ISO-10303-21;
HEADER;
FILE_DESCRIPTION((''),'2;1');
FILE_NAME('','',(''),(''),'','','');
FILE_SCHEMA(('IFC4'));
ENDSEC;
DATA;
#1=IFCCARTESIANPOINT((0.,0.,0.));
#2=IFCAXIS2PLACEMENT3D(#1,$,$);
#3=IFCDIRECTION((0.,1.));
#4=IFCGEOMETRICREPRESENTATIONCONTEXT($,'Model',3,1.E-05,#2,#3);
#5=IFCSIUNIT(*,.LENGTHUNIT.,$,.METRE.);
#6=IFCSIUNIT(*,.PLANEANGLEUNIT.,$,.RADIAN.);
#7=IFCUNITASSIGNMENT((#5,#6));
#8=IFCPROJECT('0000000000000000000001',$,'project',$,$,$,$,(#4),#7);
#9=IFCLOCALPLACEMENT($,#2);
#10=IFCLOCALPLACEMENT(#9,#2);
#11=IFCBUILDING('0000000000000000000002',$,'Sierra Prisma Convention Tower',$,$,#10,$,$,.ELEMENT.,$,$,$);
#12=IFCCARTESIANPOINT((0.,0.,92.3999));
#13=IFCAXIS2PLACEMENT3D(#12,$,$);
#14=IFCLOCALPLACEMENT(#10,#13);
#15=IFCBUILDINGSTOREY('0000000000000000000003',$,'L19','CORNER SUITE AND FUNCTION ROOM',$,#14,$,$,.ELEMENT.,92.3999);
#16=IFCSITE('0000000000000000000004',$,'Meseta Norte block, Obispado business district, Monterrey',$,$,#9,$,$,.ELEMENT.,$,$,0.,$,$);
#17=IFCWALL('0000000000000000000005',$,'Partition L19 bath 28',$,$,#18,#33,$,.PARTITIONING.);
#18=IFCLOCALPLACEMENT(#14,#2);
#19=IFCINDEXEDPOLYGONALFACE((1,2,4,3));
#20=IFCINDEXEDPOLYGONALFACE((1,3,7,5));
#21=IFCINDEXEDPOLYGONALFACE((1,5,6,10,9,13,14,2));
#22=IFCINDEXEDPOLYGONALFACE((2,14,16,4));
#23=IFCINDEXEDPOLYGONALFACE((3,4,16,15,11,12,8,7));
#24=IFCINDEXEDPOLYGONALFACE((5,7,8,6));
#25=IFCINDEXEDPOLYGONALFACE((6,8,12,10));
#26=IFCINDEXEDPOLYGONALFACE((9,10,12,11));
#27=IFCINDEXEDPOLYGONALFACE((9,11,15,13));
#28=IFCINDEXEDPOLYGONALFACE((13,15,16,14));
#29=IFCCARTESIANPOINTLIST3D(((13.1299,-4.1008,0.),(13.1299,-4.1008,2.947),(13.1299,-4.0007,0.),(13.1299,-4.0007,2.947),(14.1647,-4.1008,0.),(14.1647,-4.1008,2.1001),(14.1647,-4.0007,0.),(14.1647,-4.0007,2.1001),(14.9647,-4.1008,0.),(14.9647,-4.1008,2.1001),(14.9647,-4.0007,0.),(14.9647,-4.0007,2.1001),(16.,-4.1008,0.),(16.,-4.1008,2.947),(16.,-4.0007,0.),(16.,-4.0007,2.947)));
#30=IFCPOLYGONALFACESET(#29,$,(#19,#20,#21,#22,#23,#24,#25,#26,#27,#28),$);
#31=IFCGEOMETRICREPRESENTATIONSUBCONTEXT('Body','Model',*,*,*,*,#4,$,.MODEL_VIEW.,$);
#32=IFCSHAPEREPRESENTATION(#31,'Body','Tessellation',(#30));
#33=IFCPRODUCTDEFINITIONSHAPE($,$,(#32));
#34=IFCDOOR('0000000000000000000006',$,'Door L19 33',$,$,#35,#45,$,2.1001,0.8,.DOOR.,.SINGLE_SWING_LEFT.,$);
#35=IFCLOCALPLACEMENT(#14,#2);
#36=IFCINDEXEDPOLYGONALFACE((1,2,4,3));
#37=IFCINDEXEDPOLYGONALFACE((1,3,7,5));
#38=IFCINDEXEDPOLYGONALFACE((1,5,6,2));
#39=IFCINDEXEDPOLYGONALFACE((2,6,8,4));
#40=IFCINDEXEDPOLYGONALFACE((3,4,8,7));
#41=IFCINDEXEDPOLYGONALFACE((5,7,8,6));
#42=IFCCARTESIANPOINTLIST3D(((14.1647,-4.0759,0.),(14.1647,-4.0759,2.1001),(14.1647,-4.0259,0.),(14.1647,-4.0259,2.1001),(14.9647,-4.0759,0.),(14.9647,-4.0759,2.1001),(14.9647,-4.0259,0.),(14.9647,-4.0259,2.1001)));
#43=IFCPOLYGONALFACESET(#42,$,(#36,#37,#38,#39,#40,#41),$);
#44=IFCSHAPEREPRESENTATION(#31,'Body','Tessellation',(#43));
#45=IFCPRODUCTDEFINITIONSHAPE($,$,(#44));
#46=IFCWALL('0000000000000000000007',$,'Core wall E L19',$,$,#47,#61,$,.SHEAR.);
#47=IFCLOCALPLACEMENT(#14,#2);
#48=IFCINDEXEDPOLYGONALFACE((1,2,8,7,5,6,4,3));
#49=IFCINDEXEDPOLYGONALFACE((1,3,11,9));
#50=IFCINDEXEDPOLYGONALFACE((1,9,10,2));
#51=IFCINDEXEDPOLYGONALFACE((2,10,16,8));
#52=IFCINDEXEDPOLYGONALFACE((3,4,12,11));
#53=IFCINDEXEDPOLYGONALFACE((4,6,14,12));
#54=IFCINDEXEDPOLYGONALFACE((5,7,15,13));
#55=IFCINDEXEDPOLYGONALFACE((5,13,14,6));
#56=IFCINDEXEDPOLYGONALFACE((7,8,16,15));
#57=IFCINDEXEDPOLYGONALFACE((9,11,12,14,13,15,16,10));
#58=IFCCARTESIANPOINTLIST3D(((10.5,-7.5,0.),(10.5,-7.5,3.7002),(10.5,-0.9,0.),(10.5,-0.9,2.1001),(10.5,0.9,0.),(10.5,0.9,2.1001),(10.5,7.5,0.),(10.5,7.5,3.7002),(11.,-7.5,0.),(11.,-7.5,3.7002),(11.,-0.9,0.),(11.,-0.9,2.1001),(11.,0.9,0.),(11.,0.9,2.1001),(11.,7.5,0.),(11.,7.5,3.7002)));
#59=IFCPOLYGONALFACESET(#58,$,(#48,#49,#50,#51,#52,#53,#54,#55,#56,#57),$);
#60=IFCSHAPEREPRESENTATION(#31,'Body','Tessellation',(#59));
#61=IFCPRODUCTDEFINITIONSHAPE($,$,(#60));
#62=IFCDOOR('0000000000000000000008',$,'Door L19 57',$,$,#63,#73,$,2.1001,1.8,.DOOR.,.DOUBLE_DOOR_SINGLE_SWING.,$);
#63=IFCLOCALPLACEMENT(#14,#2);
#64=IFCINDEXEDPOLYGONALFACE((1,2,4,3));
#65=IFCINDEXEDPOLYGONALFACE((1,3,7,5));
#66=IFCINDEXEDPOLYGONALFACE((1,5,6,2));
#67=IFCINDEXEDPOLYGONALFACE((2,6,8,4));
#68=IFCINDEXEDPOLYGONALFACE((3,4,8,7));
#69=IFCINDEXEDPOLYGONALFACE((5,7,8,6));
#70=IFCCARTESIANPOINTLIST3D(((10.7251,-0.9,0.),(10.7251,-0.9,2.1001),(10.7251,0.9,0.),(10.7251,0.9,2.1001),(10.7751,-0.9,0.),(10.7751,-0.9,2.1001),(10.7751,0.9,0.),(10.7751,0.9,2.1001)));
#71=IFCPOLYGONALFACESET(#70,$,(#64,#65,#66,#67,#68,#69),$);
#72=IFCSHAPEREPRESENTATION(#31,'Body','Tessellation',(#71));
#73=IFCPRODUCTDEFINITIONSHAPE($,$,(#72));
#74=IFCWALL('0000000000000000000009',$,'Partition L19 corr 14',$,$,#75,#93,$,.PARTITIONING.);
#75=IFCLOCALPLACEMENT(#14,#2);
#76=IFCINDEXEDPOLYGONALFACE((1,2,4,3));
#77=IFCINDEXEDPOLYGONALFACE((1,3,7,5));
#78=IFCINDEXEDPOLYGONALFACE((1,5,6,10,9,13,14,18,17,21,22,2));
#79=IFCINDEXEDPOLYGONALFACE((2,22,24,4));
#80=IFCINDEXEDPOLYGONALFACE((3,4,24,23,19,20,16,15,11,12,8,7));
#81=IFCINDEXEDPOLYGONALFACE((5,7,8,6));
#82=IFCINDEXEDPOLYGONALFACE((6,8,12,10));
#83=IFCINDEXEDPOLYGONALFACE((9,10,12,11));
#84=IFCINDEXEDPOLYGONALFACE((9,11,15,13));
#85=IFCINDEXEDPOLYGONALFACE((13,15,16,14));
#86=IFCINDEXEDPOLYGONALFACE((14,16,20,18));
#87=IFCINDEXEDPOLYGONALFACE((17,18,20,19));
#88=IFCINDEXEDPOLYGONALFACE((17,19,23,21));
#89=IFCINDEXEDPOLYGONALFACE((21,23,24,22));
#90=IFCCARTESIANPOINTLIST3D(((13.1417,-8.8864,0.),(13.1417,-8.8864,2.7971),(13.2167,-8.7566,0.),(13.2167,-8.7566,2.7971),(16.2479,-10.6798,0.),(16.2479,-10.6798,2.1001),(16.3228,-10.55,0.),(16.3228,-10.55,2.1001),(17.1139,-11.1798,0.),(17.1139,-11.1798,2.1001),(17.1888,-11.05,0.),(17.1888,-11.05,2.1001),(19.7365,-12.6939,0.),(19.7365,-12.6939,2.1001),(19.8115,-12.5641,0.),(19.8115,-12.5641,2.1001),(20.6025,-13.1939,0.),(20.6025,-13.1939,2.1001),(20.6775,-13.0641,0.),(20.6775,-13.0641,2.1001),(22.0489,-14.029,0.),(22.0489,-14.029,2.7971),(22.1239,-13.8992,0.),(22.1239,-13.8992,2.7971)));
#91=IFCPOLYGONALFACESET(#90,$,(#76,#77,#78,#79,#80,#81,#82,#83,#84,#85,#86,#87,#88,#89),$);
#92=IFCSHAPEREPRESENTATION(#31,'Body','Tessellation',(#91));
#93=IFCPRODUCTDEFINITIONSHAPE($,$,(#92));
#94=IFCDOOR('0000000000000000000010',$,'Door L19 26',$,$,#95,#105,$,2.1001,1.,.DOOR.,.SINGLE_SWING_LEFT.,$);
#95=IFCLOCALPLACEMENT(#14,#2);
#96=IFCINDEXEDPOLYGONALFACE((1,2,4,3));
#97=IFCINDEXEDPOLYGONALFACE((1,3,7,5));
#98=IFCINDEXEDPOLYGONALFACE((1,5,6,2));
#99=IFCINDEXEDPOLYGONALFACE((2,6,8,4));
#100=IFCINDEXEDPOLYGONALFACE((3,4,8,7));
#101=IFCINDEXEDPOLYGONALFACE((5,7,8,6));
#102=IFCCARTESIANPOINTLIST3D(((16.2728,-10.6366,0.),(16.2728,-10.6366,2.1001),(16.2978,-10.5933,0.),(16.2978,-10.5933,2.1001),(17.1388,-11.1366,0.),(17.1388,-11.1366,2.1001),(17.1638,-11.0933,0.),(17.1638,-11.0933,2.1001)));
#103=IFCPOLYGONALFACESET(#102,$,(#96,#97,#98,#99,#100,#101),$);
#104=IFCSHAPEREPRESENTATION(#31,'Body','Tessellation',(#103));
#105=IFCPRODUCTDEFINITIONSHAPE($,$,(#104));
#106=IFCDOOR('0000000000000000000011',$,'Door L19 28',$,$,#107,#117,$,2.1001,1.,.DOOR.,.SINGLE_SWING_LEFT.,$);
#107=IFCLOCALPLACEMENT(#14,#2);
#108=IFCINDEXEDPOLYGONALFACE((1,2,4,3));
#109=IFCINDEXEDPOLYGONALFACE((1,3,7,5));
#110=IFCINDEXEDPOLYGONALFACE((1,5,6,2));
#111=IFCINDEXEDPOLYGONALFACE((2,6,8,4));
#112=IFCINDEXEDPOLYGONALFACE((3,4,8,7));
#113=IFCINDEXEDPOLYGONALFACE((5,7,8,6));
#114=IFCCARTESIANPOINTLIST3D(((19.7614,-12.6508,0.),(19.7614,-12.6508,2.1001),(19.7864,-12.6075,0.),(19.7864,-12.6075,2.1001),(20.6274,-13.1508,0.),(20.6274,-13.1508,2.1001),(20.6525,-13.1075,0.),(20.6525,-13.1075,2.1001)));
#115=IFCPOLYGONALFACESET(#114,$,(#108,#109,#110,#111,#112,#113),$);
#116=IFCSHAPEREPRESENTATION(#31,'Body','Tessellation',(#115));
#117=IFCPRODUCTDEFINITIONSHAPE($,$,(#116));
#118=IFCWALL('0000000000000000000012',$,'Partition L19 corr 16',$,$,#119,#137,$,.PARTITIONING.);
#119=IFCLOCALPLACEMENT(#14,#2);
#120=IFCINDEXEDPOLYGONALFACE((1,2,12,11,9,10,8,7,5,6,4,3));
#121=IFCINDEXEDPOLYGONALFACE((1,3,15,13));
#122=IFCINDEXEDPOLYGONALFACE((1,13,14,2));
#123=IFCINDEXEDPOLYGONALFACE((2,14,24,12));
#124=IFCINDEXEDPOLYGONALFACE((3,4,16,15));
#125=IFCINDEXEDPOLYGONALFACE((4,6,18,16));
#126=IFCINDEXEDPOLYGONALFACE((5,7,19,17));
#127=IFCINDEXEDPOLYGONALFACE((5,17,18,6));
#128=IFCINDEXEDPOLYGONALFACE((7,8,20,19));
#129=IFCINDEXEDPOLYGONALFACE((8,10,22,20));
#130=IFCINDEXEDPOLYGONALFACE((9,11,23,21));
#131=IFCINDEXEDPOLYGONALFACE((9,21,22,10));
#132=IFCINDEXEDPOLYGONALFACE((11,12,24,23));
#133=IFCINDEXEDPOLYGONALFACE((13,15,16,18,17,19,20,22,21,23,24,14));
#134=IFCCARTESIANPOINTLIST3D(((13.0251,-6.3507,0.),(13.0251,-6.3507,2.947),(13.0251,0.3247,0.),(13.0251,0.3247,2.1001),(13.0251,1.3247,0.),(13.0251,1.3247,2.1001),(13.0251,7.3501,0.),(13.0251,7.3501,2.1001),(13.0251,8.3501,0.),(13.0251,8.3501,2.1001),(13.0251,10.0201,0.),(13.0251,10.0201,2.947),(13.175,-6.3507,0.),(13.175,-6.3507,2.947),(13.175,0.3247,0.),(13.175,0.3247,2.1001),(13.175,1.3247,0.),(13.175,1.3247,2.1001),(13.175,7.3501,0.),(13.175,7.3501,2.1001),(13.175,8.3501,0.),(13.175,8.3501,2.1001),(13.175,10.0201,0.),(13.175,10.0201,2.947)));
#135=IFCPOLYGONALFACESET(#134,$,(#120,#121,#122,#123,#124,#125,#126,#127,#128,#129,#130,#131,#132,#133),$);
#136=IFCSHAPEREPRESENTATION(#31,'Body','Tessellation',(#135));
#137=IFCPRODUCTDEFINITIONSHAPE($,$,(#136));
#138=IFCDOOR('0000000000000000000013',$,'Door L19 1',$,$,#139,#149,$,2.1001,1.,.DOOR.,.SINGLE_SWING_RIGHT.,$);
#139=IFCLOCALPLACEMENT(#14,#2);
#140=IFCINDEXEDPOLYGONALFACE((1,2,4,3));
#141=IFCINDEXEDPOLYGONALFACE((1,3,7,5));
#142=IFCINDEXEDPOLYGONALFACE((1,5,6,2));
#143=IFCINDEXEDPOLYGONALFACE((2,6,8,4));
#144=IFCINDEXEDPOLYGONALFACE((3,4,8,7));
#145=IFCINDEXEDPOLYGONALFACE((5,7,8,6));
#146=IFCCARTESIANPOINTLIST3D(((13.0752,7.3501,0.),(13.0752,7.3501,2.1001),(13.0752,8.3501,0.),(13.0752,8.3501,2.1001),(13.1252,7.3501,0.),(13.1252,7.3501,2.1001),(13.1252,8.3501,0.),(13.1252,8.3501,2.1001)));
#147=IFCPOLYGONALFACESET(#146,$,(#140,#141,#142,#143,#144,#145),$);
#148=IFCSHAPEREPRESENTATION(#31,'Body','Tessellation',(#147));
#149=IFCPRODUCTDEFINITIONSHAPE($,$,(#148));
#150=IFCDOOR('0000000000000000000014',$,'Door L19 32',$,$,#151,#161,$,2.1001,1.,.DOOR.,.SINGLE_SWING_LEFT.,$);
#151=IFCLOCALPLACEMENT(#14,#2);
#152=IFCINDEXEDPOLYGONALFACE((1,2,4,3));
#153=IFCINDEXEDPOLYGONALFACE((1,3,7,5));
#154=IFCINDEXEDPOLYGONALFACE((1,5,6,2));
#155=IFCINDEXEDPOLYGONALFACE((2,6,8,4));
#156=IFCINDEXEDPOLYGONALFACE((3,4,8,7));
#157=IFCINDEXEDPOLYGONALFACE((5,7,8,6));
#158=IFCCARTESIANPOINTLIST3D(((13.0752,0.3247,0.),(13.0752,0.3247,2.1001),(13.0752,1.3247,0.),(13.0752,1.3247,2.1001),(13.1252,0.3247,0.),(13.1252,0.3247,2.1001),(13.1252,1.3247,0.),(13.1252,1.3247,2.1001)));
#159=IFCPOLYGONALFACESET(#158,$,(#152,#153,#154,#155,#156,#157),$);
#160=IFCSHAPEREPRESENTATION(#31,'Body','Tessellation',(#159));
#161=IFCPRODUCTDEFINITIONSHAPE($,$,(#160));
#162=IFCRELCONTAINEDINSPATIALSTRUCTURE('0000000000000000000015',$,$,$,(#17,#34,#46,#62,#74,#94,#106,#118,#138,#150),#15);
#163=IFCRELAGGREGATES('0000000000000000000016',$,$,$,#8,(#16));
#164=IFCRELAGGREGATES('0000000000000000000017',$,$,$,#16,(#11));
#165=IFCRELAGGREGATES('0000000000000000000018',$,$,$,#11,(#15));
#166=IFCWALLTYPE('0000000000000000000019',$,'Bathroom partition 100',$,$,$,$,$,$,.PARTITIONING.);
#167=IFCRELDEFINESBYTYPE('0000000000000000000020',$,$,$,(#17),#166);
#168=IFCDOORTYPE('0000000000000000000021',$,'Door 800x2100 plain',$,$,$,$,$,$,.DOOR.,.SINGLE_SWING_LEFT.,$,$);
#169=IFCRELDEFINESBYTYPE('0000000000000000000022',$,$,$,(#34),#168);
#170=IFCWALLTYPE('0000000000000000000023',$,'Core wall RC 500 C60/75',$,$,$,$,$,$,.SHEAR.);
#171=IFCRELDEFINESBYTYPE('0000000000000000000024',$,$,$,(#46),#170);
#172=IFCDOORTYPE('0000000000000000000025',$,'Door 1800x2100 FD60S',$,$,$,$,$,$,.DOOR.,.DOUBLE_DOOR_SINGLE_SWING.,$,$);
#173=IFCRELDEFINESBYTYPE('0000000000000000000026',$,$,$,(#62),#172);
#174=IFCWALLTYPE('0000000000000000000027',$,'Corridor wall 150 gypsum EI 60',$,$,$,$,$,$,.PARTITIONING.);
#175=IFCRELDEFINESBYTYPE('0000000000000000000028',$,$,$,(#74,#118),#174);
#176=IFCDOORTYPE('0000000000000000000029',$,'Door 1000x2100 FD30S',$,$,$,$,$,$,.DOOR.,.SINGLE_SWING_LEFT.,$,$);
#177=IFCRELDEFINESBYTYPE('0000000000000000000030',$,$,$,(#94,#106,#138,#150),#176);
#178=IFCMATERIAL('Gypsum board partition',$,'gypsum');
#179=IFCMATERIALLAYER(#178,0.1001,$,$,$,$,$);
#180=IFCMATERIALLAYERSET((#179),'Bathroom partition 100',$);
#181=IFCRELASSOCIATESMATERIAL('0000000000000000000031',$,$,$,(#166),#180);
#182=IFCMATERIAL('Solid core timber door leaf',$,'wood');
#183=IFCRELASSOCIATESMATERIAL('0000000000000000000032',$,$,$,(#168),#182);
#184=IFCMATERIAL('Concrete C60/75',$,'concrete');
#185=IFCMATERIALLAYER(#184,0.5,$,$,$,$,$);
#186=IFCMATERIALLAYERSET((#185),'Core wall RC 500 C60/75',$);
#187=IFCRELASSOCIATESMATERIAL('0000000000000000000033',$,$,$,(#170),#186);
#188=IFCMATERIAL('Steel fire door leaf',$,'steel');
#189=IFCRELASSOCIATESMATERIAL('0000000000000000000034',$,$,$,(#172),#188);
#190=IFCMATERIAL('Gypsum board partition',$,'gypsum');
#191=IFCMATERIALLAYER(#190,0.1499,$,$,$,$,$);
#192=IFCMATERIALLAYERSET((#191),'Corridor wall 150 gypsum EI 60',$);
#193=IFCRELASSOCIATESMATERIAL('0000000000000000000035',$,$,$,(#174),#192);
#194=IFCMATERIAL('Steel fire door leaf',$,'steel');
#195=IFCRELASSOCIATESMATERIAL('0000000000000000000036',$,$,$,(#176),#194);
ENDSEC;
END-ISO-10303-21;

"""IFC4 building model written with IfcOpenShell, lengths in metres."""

from ifc_helpers import new_model, si_unit, direction, frame, frame_2d, origin, place, context, subcontext, project, spatial, rectangle, extrude, material, layer, layer_set, type_object, element, fill, save


model = new_model("IFC4")

# Units and contexts
model_context = context("Model", 3, precision=1e-05, world=origin(), true_north=direction((0.0, 1.0)))
body_context = subcontext(model_context, "Body", "Model", "MODEL_VIEW")
ifc_project = project(units=[si_unit("LENGTHUNIT", "METRE"), si_unit("PLANEANGLEUNIT", "RADIAN")], contexts=[model_context])

# Site, building, storey
site_placement = place(None, origin())
site = spatial("IfcSite", under=ifc_project, at=site_placement, Name="Meseta Norte block, Obispado business district, Monterrey", CompositionType="ELEMENT", RefElevation=0.0)
building_placement = place(site_placement, origin())
building = spatial("IfcBuilding", under=site, at=building_placement, Name="Sierra Prisma Convention Tower", CompositionType="ELEMENT")
storey_placement = place(building_placement, frame((0.0, 0.0, 92.3999)))
storey = spatial("IfcBuildingStorey", under=building, at=storey_placement, Name="L19", Description="CORNER SUITE AND FUNCTION ROOM", CompositionType="ELEMENT", Elevation=92.3999)

# Walls, openings, doors
ifc_material_1 = material(Name="Gypsum board partition", Category="gypsum")
ifc_layer_1 = layer(ifc_material_1, 0.1001)
ifc_layer_set_1 = layer_set([ifc_layer_1], Name="Bathroom partition 100")
wall_type_1 = type_object("IfcWallType", Name="Bathroom partition 100", PredefinedType="PARTITIONING", material=ifc_layer_set_1)
wall_1_placement = place(storey_placement, frame((13.1299, -4.0508, 0.0), z_axis=(0.0, 0.0, 1.0), x_axis=(1.0, 0.0, 0.0)))
wall_1 = element("IfcWall", 1, at=wall_1_placement, inside=storey, type_object=wall_type_1, Name="Partition L19 bath 28", PredefinedType="PARTITIONING", context=body_context, shape_type="SweptSolid", body=[
    extrude(rectangle(XDim=2.8701, YDim=0.1001, at=frame_2d((1.4351, 0.0))), origin(), (0.0, 0.0, 1.0), 2.947),
])
opening_1_placement = place(wall_1_placement, frame((1.0349, 0.0, 0.0)))
opening_1 = element("IfcOpeningElement", 2, at=opening_1_placement, cuts=wall_1, PredefinedType="OPENING", context=body_context, shape_type="SweptSolid", body=[
    extrude(rectangle(XDim=0.8, YDim=2.1001, at=frame_2d((0.3999, 1.05))), frame((0.0, 0.05, 0.0), z_axis=(0.0, -1.0, 0.0), x_axis=(1.0, 0.0, 0.0)), (0.0, 0.0, 1.0), 0.1001),
])
ifc_material_2 = material(Name="Solid core timber door leaf", Category="wood")
door_type_1 = type_object("IfcDoorType", Name="Door 800x2100 plain", OperationType="SINGLE_SWING_LEFT", PredefinedType="DOOR", material=ifc_material_2)
door_1_placement = place(opening_1_placement, origin())
door_1 = element("IfcDoor", 3, at=door_1_placement, inside=storey, type_object=door_type_1, Name="Door L19 33", OperationType="SINGLE_SWING_LEFT", OverallHeight=2.1001, OverallWidth=0.8, PredefinedType="DOOR", context=body_context, shape_type="SweptSolid", body=[
    extrude(rectangle(XDim=0.8, YDim=2.1001, at=frame_2d((0.3999, 1.05))), frame((0.0, 0.0249, 0.0), z_axis=(0.0, -1.0, 0.0), x_axis=(1.0, 0.0, 0.0)), (0.0, 0.0, 1.0), 0.05),
])
fill(opening_1, door_1)
ifc_material_3 = material(Name="Concrete C60/75", Category="concrete")
ifc_layer_2 = layer(ifc_material_3, 0.5)
ifc_layer_set_2 = layer_set([ifc_layer_2], Name="Core wall RC 500 C60/75")
wall_type_2 = type_object("IfcWallType", Name="Core wall RC 500 C60/75", PredefinedType="SHEAR", material=ifc_layer_set_2)
wall_2_placement = place(storey_placement, frame((10.75, -7.5, 0.0), z_axis=(0.0, 0.0, 1.0), x_axis=(0.0, 1.0, 0.0)))
wall_2 = element("IfcWall", 4, at=wall_2_placement, inside=storey, type_object=wall_type_2, Name="Core wall E L19", PredefinedType="SHEAR", context=body_context, shape_type="SweptSolid", body=[
    extrude(rectangle(XDim=15.0, YDim=0.5, at=frame_2d((7.5, 0.0))), origin(), (0.0, 0.0, 1.0), 3.7002),
])
opening_2_placement = place(wall_2_placement, frame((6.6001, 0.0, 0.0)))
opening_2 = element("IfcOpeningElement", 5, at=opening_2_placement, cuts=wall_2, PredefinedType="OPENING", context=body_context, shape_type="SweptSolid", body=[
    extrude(rectangle(XDim=1.8, YDim=2.1001, at=frame_2d((0.8999, 1.05))), frame((0.0, 0.25, 0.0), z_axis=(0.0, -1.0, 0.0), x_axis=(1.0, 0.0, 0.0)), (0.0, 0.0, 1.0), 0.5),
])
ifc_material_4 = material(Name="Steel fire door leaf", Category="steel")
door_type_2 = type_object("IfcDoorType", Name="Door 1800x2100 FD60S", OperationType="DOUBLE_DOOR_SINGLE_SWING", PredefinedType="DOOR", material=ifc_material_4)
door_2_placement = place(opening_2_placement, origin())
door_2 = element("IfcDoor", 6, at=door_2_placement, inside=storey, type_object=door_type_2, Name="Door L19 57", OperationType="DOUBLE_DOOR_SINGLE_SWING", OverallHeight=2.1001, OverallWidth=1.8, PredefinedType="DOOR", context=body_context, shape_type="SweptSolid", body=[
    extrude(rectangle(XDim=1.8, YDim=2.1001, at=frame_2d((0.8999, 1.05))), frame((0.0, 0.0249, 0.0), z_axis=(0.0, -1.0, 0.0), x_axis=(1.0, 0.0, 0.0)), (0.0, 0.0, 1.0), 0.05),
])
fill(opening_2, door_2)

# Walls, openings, doors
ifc_material_5 = material(Name="Gypsum board partition", Category="gypsum")
ifc_layer_3 = layer(ifc_material_5, 0.1499)
ifc_layer_set_3 = layer_set([ifc_layer_3], Name="Corridor wall 150 gypsum EI 60")
wall_type_3 = type_object("IfcWallType", Name="Corridor wall 150 gypsum EI 60", PredefinedType="PARTITIONING", material=ifc_layer_set_3)
wall_3_placement = place(storey_placement, frame((13.1792, -8.8215, 0.0), z_axis=(0.0, 0.0, 1.0), x_axis=(0.866026, -0.499999, 0.0)))
wall_3 = element("IfcWall", 7, at=wall_3_placement, inside=storey, type_object=wall_type_3, Name="Partition L19 corr 14", PredefinedType="PARTITIONING", context=body_context, shape_type="SweptSolid", body=[
    extrude(rectangle(XDim=10.2852, YDim=0.1499, at=frame_2d((5.1426, 0.0))), origin(), (0.0, 0.0, 1.0), 2.7971),
])
opening_3_placement = place(wall_3_placement, frame((3.5867, 0.0, 0.0)))
opening_3 = element("IfcOpeningElement", 8, at=opening_3_placement, cuts=wall_3, PredefinedType="OPENING", context=body_context, shape_type="SweptSolid", body=[
    extrude(rectangle(XDim=1.0, YDim=2.1001, at=frame_2d((0.5, 1.05))), frame((0.0, 0.075, 0.0), z_axis=(0.0, -1.0, 0.0), x_axis=(1.0, 0.0, 0.0)), (0.0, 0.0, 1.0), 0.1499),
])
opening_4_placement = place(wall_3_placement, frame((7.615, 0.0, 0.0)))
opening_4 = element("IfcOpeningElement", 9, at=opening_4_placement, cuts=wall_3, PredefinedType="OPENING", context=body_context, shape_type="SweptSolid", body=[
    extrude(rectangle(XDim=1.0, YDim=2.1001, at=frame_2d((0.5, 1.05))), frame((0.0, 0.075, 0.0), z_axis=(0.0, -1.0, 0.0), x_axis=(1.0, 0.0, 0.0)), (0.0, 0.0, 1.0), 0.1499),
])
ifc_material_6 = material(Name="Steel fire door leaf", Category="steel")
door_type_3 = type_object("IfcDoorType", Name="Door 1000x2100 FD30S", OperationType="SINGLE_SWING_LEFT", PredefinedType="DOOR", material=ifc_material_6)
door_3_placement = place(opening_3_placement, origin())
door_3 = element("IfcDoor", 10, at=door_3_placement, inside=storey, type_object=door_type_3, Name="Door L19 26", OperationType="SINGLE_SWING_LEFT", OverallHeight=2.1001, OverallWidth=1.0, PredefinedType="DOOR", context=body_context, shape_type="SweptSolid", body=[
    extrude(rectangle(XDim=1.0, YDim=2.1001, at=frame_2d((0.5, 1.05))), frame((0.0, 0.0249, 0.0), z_axis=(0.0, -1.0, 0.0), x_axis=(1.0, 0.0, 0.0)), (0.0, 0.0, 1.0), 0.05),
])
fill(opening_3, door_3)
door_4_placement = place(opening_4_placement, origin())
door_4 = element("IfcDoor", 11, at=door_4_placement, inside=storey, type_object=door_type_3, Name="Door L19 28", OperationType="SINGLE_SWING_LEFT", OverallHeight=2.1001, OverallWidth=1.0, PredefinedType="DOOR", context=body_context, shape_type="SweptSolid", body=[
    extrude(rectangle(XDim=1.0, YDim=2.1001, at=frame_2d((0.5, 1.05))), frame((0.0, 0.0249, 0.0), z_axis=(0.0, -1.0, 0.0), x_axis=(1.0, 0.0, 0.0)), (0.0, 0.0, 1.0), 0.05),
])
fill(opening_4, door_4)
wall_4_placement = place(storey_placement, frame((13.1001, -6.3508, 0.0), z_axis=(0.0, 0.0, 1.0), x_axis=(0.0, 1.0, 0.0)))
wall_4 = element("IfcWall", 12, at=wall_4_placement, inside=storey, type_object=wall_type_3, Name="Partition L19 corr 16", PredefinedType="PARTITIONING", context=body_context, shape_type="SweptSolid", body=[
    extrude(rectangle(XDim=16.3708, YDim=0.1499, at=frame_2d((8.1855, 0.0))), origin(), (0.0, 0.0, 1.0), 2.947),
])
opening_5_placement = place(wall_4_placement, frame((13.7009, 0.0, 0.0)))
opening_5 = element("IfcOpeningElement", 13, at=opening_5_placement, cuts=wall_4, PredefinedType="OPENING", context=body_context, shape_type="SweptSolid", body=[
    extrude(rectangle(XDim=1.0, YDim=2.1001, at=frame_2d((0.5, 1.05))), frame((0.0, 0.075, 0.0), z_axis=(0.0, -1.0, 0.0), x_axis=(1.0, 0.0, 0.0)), (0.0, 0.0, 1.0), 0.1499),
])
opening_6_placement = place(wall_4_placement, frame((6.6755, 0.0, 0.0)))
opening_6 = element("IfcOpeningElement", 14, at=opening_6_placement, cuts=wall_4, PredefinedType="OPENING", context=body_context, shape_type="SweptSolid", body=[
    extrude(rectangle(XDim=1.0, YDim=2.1001, at=frame_2d((0.5, 1.05))), frame((0.0, 0.075, 0.0), z_axis=(0.0, -1.0, 0.0), x_axis=(1.0, 0.0, 0.0)), (0.0, 0.0, 1.0), 0.1499),
])
door_5_placement = place(opening_5_placement, origin())
door_5 = element("IfcDoor", 15, at=door_5_placement, inside=storey, type_object=door_type_3, Name="Door L19 1", OperationType="SINGLE_SWING_RIGHT", OverallHeight=2.1001, OverallWidth=1.0, PredefinedType="DOOR", context=body_context, shape_type="SweptSolid", body=[
    extrude(rectangle(XDim=1.0, YDim=2.1001, at=frame_2d((0.5, 1.05))), frame((0.0, 0.0249, 0.0), z_axis=(0.0, -1.0, 0.0), x_axis=(1.0, 0.0, 0.0)), (0.0, 0.0, 1.0), 0.05),
])
fill(opening_5, door_5)
door_6_placement = place(opening_6_placement, origin())
door_6 = element("IfcDoor", 16, at=door_6_placement, inside=storey, type_object=door_type_3, Name="Door L19 32", OperationType="SINGLE_SWING_LEFT", OverallHeight=2.1001, OverallWidth=1.0, PredefinedType="DOOR", context=body_context, shape_type="SweptSolid", body=[
    extrude(rectangle(XDim=1.0, YDim=2.1001, at=frame_2d((0.5, 1.05))), frame((0.0, 0.0249, 0.0), z_axis=(0.0, -1.0, 0.0), x_axis=(1.0, 0.0, 0.0)), (0.0, 0.0, 1.0), 0.05),
])
fill(opening_6, door_6)

save(model, "model.ifc")
